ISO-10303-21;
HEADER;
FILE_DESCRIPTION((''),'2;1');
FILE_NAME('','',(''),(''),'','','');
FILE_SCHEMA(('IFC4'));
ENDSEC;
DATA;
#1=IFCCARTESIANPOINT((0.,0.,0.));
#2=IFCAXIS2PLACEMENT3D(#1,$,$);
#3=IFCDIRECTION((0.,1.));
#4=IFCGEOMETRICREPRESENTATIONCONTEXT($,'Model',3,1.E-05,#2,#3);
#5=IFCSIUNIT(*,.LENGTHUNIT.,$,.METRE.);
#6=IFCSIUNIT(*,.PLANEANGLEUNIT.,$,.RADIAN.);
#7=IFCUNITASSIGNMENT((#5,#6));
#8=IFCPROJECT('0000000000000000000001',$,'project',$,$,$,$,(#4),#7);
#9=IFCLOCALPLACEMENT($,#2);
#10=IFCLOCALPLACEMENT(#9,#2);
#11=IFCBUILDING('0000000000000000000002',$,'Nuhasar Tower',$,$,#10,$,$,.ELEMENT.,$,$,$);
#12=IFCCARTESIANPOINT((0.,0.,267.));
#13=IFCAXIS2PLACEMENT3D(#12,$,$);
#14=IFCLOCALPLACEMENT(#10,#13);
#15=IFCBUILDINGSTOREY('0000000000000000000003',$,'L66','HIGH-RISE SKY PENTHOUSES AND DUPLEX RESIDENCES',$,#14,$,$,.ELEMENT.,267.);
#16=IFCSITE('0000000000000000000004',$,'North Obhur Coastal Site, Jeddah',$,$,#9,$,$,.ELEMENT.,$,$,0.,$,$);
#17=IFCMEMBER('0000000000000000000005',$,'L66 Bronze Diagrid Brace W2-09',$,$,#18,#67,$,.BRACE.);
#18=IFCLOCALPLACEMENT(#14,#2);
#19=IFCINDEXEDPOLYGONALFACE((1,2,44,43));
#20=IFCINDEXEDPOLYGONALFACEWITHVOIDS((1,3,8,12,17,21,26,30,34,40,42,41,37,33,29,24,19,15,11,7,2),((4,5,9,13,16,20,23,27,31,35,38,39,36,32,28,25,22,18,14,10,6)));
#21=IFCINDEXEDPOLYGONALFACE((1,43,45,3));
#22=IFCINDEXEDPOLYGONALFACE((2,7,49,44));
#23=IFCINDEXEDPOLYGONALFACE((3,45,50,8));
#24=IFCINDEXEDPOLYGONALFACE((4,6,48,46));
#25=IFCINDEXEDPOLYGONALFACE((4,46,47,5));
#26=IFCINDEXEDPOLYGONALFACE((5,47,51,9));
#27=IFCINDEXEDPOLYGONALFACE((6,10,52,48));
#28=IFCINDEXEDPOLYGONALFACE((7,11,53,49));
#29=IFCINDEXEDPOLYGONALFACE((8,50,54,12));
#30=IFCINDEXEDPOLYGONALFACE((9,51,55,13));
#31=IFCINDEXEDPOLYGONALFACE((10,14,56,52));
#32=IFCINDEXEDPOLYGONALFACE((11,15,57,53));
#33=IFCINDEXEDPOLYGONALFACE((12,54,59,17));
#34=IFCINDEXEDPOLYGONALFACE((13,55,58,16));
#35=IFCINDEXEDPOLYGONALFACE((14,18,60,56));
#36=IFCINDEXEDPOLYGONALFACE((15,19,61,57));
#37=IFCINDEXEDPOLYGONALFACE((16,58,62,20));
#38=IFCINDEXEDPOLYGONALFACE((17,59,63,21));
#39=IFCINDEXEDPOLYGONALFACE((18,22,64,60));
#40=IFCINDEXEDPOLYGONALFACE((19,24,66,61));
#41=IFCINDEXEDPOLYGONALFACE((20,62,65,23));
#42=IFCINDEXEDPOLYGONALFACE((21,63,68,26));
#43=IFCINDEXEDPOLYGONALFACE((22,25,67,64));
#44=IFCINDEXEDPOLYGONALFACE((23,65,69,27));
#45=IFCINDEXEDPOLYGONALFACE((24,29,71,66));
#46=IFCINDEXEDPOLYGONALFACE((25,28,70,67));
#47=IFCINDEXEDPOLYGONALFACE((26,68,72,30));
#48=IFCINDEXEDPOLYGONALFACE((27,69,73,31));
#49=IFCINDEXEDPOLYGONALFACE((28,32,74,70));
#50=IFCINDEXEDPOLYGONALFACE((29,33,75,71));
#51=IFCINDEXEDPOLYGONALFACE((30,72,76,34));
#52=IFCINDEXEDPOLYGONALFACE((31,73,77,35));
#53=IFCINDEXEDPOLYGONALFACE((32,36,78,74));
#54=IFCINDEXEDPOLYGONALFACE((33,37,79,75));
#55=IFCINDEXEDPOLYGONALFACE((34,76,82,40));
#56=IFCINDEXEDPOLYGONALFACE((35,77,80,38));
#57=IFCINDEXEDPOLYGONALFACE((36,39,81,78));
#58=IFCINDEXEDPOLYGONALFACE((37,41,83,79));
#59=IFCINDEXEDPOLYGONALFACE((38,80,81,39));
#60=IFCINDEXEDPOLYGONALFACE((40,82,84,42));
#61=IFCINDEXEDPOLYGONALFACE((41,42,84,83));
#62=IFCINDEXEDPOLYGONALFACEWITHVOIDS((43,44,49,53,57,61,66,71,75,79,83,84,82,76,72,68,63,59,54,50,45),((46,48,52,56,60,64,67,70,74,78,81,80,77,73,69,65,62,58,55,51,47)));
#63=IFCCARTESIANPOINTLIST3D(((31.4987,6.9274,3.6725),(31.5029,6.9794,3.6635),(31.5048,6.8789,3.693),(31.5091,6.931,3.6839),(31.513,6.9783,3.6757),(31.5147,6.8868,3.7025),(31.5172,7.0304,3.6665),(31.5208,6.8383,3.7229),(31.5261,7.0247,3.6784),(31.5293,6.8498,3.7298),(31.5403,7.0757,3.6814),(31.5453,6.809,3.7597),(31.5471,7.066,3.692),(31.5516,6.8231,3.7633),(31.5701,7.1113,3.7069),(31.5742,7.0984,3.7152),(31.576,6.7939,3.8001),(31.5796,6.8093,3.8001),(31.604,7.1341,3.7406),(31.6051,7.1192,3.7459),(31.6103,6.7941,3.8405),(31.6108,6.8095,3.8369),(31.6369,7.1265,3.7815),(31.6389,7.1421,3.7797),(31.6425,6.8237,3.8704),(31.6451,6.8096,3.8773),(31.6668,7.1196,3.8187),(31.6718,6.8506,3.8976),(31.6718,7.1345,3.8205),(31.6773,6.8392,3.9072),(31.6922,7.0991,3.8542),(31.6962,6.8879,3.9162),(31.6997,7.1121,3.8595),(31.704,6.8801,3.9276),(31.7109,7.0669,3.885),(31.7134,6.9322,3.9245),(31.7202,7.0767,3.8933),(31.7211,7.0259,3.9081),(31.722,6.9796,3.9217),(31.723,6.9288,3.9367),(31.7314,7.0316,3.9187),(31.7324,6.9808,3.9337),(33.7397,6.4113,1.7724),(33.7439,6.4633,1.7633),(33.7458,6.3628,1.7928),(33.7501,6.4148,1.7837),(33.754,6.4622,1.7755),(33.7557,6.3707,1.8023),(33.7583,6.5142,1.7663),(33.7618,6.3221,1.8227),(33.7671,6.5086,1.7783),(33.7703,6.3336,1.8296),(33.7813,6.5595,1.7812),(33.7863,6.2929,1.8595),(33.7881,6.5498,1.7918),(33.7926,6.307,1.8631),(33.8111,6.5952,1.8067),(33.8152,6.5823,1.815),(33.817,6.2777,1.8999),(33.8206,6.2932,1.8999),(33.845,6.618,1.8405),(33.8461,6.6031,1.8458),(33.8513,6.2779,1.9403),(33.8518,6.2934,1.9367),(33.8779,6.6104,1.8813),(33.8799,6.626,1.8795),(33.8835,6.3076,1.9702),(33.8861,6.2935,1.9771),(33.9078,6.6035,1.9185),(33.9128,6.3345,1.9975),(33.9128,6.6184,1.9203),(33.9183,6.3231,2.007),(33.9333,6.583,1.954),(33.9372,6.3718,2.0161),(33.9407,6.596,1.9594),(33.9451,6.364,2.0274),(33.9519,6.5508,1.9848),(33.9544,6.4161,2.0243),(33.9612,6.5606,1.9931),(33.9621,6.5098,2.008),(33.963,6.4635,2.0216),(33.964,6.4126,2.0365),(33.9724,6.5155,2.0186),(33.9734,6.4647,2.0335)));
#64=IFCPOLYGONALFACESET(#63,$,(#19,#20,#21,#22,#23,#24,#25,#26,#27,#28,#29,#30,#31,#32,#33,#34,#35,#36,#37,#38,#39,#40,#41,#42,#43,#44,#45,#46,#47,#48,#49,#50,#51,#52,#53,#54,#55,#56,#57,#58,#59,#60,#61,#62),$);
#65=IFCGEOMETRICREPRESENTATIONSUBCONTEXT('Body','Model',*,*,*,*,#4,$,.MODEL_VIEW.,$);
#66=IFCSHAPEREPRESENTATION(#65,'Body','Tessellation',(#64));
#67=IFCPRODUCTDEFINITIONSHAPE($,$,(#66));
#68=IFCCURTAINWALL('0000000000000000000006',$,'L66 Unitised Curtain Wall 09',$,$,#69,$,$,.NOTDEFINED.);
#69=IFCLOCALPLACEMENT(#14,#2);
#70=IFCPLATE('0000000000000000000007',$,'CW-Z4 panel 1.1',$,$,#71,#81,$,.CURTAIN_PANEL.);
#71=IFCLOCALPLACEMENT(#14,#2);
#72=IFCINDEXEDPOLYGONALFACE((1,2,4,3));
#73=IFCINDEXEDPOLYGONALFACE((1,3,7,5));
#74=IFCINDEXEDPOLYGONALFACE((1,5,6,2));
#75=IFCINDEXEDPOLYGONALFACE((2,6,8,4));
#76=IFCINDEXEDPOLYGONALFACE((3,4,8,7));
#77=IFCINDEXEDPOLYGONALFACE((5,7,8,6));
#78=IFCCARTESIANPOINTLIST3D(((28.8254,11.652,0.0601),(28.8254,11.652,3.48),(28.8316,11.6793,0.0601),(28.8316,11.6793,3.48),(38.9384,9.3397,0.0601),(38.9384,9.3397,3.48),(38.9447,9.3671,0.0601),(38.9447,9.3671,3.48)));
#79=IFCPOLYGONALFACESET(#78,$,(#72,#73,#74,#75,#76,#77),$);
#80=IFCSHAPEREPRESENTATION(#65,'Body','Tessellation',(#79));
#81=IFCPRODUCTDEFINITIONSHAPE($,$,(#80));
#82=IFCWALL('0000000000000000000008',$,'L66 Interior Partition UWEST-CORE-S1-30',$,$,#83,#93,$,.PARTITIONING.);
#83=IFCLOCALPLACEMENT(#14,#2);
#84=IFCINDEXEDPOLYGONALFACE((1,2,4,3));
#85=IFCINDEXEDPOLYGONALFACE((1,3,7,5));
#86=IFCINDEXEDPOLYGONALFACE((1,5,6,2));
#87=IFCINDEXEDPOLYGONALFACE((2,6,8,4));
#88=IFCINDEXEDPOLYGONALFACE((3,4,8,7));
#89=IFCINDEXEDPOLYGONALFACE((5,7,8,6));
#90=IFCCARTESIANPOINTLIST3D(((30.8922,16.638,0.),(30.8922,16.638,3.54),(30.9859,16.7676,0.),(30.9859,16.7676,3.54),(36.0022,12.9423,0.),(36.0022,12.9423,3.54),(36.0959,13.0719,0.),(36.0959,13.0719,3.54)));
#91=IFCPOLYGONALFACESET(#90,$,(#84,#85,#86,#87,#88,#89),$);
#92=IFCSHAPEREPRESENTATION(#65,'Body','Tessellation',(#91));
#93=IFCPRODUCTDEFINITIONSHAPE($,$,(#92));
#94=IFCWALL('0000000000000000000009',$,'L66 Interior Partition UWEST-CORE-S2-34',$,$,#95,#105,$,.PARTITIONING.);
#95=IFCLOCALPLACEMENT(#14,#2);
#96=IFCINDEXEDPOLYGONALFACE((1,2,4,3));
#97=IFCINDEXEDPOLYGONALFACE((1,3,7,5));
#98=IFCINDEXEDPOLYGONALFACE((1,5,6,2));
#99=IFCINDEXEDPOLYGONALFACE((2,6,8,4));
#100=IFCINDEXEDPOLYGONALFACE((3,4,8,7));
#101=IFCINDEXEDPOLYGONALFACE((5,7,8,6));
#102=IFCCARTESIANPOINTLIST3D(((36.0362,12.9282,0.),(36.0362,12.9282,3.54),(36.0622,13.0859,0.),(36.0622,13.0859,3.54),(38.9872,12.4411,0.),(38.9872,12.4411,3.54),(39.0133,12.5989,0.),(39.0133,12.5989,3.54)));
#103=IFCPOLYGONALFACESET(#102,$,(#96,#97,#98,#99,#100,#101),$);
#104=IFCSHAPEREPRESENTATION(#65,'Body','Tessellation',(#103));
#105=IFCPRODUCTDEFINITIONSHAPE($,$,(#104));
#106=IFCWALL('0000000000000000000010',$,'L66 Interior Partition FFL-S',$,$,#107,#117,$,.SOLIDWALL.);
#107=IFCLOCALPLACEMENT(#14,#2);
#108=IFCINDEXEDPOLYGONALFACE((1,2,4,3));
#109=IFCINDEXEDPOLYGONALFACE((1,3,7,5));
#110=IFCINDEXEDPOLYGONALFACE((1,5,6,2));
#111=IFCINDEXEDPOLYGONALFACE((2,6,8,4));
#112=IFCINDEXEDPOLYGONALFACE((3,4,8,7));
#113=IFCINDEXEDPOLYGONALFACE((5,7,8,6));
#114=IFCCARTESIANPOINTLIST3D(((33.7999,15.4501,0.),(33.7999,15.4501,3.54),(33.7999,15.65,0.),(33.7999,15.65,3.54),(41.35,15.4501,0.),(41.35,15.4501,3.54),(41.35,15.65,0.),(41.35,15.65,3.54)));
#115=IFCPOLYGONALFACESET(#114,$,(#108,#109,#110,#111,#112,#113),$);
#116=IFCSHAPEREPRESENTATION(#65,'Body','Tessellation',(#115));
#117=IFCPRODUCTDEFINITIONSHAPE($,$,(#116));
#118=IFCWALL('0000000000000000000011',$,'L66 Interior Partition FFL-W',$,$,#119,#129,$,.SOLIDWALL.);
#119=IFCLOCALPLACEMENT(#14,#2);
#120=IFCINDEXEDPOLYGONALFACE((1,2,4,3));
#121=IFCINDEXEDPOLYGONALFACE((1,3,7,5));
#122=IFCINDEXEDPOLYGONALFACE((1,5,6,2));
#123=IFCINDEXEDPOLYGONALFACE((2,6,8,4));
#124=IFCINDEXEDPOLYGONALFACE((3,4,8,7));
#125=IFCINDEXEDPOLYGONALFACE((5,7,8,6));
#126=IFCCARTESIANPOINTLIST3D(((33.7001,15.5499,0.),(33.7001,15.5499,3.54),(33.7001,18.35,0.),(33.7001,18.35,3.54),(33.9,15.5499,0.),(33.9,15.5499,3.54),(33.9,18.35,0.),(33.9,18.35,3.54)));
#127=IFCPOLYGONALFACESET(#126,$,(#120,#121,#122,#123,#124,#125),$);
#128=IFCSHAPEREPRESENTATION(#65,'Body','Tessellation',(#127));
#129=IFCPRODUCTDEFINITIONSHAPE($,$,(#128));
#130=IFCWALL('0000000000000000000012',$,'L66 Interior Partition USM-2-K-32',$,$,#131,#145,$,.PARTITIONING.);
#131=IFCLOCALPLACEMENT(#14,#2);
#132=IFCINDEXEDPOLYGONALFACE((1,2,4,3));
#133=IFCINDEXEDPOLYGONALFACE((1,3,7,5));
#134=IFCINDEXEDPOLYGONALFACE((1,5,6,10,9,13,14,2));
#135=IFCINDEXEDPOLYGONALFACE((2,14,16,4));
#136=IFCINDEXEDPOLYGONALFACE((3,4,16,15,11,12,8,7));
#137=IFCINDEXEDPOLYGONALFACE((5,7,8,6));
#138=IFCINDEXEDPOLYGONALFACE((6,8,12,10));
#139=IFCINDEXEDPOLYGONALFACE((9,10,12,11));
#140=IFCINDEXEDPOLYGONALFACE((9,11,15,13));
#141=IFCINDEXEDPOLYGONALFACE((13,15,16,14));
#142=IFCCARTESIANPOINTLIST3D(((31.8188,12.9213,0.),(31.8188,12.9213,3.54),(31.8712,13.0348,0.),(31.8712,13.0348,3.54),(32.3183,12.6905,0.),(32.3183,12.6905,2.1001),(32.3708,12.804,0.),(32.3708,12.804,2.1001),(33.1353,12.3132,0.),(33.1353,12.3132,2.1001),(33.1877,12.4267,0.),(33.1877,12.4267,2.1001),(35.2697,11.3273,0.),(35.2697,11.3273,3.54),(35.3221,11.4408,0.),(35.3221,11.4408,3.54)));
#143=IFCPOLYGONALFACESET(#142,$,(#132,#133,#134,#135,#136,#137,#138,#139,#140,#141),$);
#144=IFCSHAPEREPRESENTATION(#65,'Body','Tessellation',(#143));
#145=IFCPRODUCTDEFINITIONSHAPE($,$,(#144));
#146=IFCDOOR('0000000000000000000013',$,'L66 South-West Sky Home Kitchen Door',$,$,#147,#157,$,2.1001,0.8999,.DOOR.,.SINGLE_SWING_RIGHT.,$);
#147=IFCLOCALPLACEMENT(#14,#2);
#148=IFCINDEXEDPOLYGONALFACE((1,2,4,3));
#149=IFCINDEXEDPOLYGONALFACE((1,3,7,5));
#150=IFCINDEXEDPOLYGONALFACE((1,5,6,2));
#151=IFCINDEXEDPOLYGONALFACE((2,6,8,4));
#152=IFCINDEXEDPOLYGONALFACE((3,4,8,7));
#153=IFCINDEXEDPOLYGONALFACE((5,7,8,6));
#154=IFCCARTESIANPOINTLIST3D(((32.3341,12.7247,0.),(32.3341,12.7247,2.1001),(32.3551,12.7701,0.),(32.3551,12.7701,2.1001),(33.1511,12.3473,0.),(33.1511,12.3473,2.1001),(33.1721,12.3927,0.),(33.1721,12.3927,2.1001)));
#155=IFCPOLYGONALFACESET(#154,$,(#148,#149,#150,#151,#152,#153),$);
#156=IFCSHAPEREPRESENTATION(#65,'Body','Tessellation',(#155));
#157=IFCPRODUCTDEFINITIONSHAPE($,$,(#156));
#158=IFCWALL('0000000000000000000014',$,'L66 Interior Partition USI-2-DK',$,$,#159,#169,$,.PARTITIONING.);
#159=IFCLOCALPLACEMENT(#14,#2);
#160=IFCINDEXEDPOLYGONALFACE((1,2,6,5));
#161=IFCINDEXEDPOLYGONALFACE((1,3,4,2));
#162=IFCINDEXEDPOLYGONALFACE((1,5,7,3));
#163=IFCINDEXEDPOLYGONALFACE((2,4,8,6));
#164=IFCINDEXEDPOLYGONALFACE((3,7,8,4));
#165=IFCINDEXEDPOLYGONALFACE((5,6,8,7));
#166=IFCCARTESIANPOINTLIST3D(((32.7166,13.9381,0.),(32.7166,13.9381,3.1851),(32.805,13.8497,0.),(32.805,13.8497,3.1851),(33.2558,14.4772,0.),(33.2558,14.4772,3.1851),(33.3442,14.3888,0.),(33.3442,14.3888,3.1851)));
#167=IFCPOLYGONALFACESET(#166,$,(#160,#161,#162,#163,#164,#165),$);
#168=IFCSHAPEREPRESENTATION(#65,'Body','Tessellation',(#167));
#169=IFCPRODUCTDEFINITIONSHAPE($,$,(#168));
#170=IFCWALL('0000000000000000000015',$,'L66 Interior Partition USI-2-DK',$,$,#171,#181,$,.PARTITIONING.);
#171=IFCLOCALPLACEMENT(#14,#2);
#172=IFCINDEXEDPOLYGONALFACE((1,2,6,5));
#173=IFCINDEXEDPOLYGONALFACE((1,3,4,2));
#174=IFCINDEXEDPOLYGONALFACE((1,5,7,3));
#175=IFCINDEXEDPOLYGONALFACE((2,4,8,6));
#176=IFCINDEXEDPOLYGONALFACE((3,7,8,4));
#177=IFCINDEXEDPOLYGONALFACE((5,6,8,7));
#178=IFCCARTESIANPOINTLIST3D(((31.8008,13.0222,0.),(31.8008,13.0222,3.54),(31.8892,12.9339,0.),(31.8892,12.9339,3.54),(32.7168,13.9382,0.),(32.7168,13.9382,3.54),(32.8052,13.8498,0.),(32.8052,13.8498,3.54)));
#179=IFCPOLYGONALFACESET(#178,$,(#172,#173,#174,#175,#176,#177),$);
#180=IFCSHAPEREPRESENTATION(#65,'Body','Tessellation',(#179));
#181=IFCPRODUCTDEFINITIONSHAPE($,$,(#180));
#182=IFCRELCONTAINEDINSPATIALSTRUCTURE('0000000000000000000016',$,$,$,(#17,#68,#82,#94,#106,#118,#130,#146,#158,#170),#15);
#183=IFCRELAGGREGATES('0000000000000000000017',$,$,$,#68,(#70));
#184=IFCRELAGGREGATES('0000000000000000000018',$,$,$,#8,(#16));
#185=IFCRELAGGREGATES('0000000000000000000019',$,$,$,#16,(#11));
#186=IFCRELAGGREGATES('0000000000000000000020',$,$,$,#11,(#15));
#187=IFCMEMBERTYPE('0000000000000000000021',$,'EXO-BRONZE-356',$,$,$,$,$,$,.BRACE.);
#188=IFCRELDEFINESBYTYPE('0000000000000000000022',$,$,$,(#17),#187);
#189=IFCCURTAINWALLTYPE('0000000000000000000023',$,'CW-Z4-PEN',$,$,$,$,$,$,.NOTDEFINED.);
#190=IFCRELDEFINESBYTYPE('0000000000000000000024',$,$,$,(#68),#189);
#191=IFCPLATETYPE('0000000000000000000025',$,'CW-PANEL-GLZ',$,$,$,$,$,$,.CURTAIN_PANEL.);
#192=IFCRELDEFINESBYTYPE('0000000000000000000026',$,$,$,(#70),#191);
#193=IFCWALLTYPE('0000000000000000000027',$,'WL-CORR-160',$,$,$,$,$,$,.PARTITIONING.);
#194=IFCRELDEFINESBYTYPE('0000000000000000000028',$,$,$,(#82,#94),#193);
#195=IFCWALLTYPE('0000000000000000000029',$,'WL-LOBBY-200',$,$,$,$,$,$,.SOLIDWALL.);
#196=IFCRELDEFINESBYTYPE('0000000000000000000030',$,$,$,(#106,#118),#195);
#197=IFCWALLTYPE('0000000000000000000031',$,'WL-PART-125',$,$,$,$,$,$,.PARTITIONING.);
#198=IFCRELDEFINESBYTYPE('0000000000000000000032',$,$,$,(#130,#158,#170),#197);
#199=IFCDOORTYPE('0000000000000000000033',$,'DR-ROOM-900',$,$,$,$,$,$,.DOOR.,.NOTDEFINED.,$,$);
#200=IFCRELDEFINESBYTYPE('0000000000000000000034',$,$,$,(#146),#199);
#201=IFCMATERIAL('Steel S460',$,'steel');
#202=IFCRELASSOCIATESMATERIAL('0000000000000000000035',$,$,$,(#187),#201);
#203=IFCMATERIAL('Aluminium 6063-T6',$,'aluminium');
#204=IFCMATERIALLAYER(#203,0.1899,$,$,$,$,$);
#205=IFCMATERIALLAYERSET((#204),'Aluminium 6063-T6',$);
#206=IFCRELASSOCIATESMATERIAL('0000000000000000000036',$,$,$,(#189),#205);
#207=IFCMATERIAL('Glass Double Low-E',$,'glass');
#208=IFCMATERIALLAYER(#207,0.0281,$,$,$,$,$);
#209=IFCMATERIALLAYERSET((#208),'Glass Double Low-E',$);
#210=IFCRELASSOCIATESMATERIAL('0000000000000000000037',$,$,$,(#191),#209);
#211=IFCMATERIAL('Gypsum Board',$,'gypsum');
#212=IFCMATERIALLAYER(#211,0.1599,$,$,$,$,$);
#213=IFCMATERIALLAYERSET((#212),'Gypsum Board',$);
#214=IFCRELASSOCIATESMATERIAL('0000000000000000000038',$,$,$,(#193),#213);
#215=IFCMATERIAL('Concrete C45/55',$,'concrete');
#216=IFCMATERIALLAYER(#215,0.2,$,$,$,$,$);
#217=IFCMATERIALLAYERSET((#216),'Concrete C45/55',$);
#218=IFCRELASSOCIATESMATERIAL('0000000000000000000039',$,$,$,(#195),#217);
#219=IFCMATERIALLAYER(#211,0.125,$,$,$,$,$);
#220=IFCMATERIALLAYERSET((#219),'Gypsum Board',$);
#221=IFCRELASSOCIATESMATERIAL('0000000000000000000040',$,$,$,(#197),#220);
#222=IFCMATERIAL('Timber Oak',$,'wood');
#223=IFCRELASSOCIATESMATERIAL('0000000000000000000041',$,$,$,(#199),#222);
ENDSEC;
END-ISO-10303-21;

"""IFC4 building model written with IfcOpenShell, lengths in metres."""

from ifc_helpers import new_model, si_unit, direction, frame, frame_2d, origin, origin_2d, place, context, subcontext, project, spatial, rectangle, hollow_circle, extrude, material, layer, layer_set, material_profile, profile_set, type_object, element, fill, aggregate, save


model = new_model("IFC4")

# Units and contexts
model_context = context("Model", 3, precision=1e-05, world=origin(), true_north=direction((0.0, 1.0)))
body_context = subcontext(model_context, "Body", "Model", "MODEL_VIEW")
ifc_project = project(units=[si_unit("LENGTHUNIT", "METRE"), si_unit("PLANEANGLEUNIT", "RADIAN")], contexts=[model_context])

# Site, building, storey
site_placement = place(None, origin())
site = spatial("IfcSite", under=ifc_project, at=site_placement, Name="North Obhur Coastal Site, Jeddah", CompositionType="ELEMENT", RefElevation=0.0)
building_placement = place(site_placement, origin())
building = spatial("IfcBuilding", under=site, at=building_placement, Name="Nuhasar Tower", CompositionType="ELEMENT")
storey_placement = place(building_placement, frame((0.0, 0.0, 267.0)))
storey = spatial("IfcBuildingStorey", under=building, at=storey_placement, Name="L66", Description="HIGH-RISE SKY PENTHOUSES AND DUPLEX RESIDENCES", CompositionType="ELEMENT", Elevation=267.0)

# Member
ifc_material_1 = material(Name="Steel S460", Category="steel")
ifc_material_profile_1 = material_profile(ifc_material_1, hollow_circle(Radius=0.1777, WallThickness=0.0159, at=origin_2d()), Name="HSS355.6X15.9")
ifc_profile_set_1 = profile_set([ifc_material_profile_1], Name="Steel S460")
member_type = type_object("IfcMemberType", Name="EXO-BRONZE-356", PredefinedType="BRACE", material=ifc_profile_set_1)
member_1_placement = place(storey_placement, frame((33.8569, 6.4509, 1.8999), z_axis=(-0.751222, 0.173013, 0.636971), x_axis=(-0.224433, -0.97449, 0.0)))
element("IfcMember", 1, at=member_1_placement, inside=storey, type_object=member_type, Name="L66 Bronze Diagrid Brace W2-09", PredefinedType="BRACE", context=body_context, shape_type="SweptSolid", body=[
    extrude(hollow_circle(Radius=0.1777, WallThickness=0.0159, at=origin_2d()), origin(), (0.0, 0.0, 1.0), 2.9832),
])

# Curtain wall, plate
ifc_material_2 = material(Name="Aluminium 6063-T6", Category="aluminium")
ifc_layer_1 = layer(ifc_material_2, 0.1899)
ifc_layer_set_1 = layer_set([ifc_layer_1], Name="Aluminium 6063-T6")
curtain_wall_type = type_object("IfcCurtainWallType", Name="CW-Z4-PEN", PredefinedType="NOTDEFINED", material=ifc_layer_set_1)
curtain_wall_placement = place(storey_placement, origin())
curtain_wall = element("IfcCurtainWall", 2, at=curtain_wall_placement, inside=storey, type_object=curtain_wall_type, Name="L66 Unitised Curtain Wall 09", PredefinedType="NOTDEFINED")
ifc_material_3 = material(Name="Glass Double Low-E", Category="glass")
ifc_layer_2 = layer(ifc_material_3, 0.0281)
ifc_layer_set_2 = layer_set([ifc_layer_2], Name="Glass Double Low-E")
plate_type = type_object("IfcPlateType", Name="CW-PANEL-GLZ", PredefinedType="CURTAIN_PANEL", material=ifc_layer_set_2)
plate_placement = place(storey_placement, frame((33.885, 10.5095, 0.0601), z_axis=(0.0, 0.0, 1.0), x_axis=(0.974844, -0.222889, 0.0)))
plate = element("IfcPlate", 3, at=plate_placement, type_object=plate_type, Name="CW-Z4 panel 1.1", PredefinedType="CURTAIN_PANEL", context=body_context, shape_type="SweptSolid", body=[
    extrude(rectangle(XDim=10.374, YDim=0.0281, at=origin_2d()), origin(), (0.0, 0.0, 1.0), 3.4199),
])
aggregate(curtain_wall, [plate])

# Walls
ifc_material_4 = material(Name="Gypsum Board", Category="gypsum")
ifc_layer_3 = layer(ifc_material_4, 0.1599)
ifc_layer_set_3 = layer_set([ifc_layer_3], Name="Gypsum Board")
wall_type_1 = type_object("IfcWallType", Name="WL-CORR-160", PredefinedType="PARTITIONING", material=ifc_layer_set_3)
wall_1_placement = place(storey_placement, frame((30.939, 16.7029, 0.0), z_axis=(0.0, 0.0, 1.0), x_axis=(0.81029, -0.586029, 0.0)))
element("IfcWall", 4, at=wall_1_placement, inside=storey, type_object=wall_type_1, Name="L66 Interior Partition UWEST-CORE-S1-30", PredefinedType="PARTITIONING", context=body_context, shape_type="SweptSolid", body=[
    extrude(rectangle(XDim=6.3064, YDim=0.1599, at=frame_2d((3.1533, 0.0))), origin(), (0.0, 0.0, 1.0), 3.54),
])
wall_2_placement = place(storey_placement, frame((36.0491, 13.0071, 0.0), z_axis=(0.0, 0.0, 1.0), x_axis=(0.986651, -0.16285, 0.0)))
element("IfcWall", 5, at=wall_2_placement, inside=storey, type_object=wall_type_1, Name="L66 Interior Partition UWEST-CORE-S2-34", PredefinedType="PARTITIONING", context=body_context, shape_type="SweptSolid", body=[
    extrude(rectangle(XDim=2.991, YDim=0.1599, at=frame_2d((1.4956, 0.0))), origin(), (0.0, 0.0, 1.0), 3.54),
])
ifc_material_5 = material(Name="Concrete C45/55", Category="concrete")
ifc_layer_4 = layer(ifc_material_5, 0.2)
ifc_layer_set_4 = layer_set([ifc_layer_4], Name="Concrete C45/55")
wall_type_2 = type_object("IfcWallType", Name="WL-LOBBY-200", PredefinedType="SOLIDWALL", material=ifc_layer_set_4)
wall_3_placement = place(storey_placement, frame((33.8, 15.55, 0.0), z_axis=(0.0, 0.0, 1.0), x_axis=(1.0, 0.0, 0.0)))
element("IfcWall", 6, at=wall_3_placement, inside=storey, type_object=wall_type_2, Name="L66 Interior Partition FFL-S", PredefinedType="SOLIDWALL", context=body_context, shape_type="SweptSolid", body=[
    extrude(rectangle(XDim=7.55, YDim=0.2, at=frame_2d((3.7749, 0.0))), origin(), (0.0, 0.0, 1.0), 3.54),
])
wall_4_placement = place(storey_placement, frame((33.8, 15.55, 0.0), z_axis=(0.0, 0.0, 1.0), x_axis=(0.0, 1.0, 0.0)))
element("IfcWall", 7, at=wall_4_placement, inside=storey, type_object=wall_type_2, Name="L66 Interior Partition FFL-W", PredefinedType="SOLIDWALL", context=body_context, shape_type="SweptSolid", body=[
    extrude(rectangle(XDim=2.8, YDim=0.2, at=frame_2d((1.3999, 0.0))), origin(), (0.0, 0.0, 1.0), 3.54),
])

# Wall, opening, door
ifc_layer_5 = layer(ifc_material_4, 0.125)
ifc_layer_set_5 = layer_set([ifc_layer_5], Name="Gypsum Board")
wall_type_3 = type_object("IfcWallType", Name="WL-PART-125", PredefinedType="PARTITIONING", material=ifc_layer_set_5)
wall_5_placement = place(storey_placement, frame((35.2959, 11.384, 0.0), z_axis=(0.0, 0.0, 1.0), x_axis=(-0.907833, 0.419331, 0.0)))
wall_5 = element("IfcWall", 8, at=wall_5_placement, inside=storey, type_object=wall_type_3, Name="L66 Interior Partition USM-2-K-32", PredefinedType="PARTITIONING", context=body_context, shape_type="SweptSolid", body=[
    extrude(rectangle(XDim=3.8013, YDim=0.125, at=frame_2d((1.9006, 0.0))), origin(), (0.0, 0.0, 1.0), 3.54),
])
opening_1_placement = place(wall_5_placement, frame((2.3511, 0.0, 0.0)))
opening_1 = element("IfcOpeningElement", 9, at=opening_1_placement, cuts=wall_5, PredefinedType="OPENING", context=body_context, shape_type="SweptSolid", body=[
    extrude(rectangle(XDim=0.8999, YDim=2.1001, at=frame_2d((0.45, 1.05))), frame((0.0, 0.0725, 0.0), z_axis=(0.0, -1.0, 0.0), x_axis=(1.0, 0.0, 0.0)), (0.0, 0.0, 1.0), 0.145),
])
ifc_material_6 = material(Name="Timber Oak", Category="wood")
door_type = type_object("IfcDoorType", Name="DR-ROOM-900", OperationType="NOTDEFINED", PredefinedType="DOOR", material=ifc_material_6)
door_1_placement = place(opening_1_placement, origin())
door_1 = element("IfcDoor", 10, at=door_1_placement, inside=storey, type_object=door_type, Name="L66 South-West Sky Home Kitchen Door", OperationType="SINGLE_SWING_RIGHT", OverallHeight=2.1001, OverallWidth=0.8999, PredefinedType="DOOR", context=body_context, shape_type="SweptSolid", body=[
    extrude(rectangle(XDim=0.8999, YDim=2.1001, at=frame_2d((0.45, 1.05))), frame((0.0, 0.0249, 0.0), z_axis=(0.0, -1.0, 0.0), x_axis=(1.0, 0.0, 0.0)), (0.0, 0.0, 1.0), 0.05),
])
fill(opening_1, door_1)

# Walls
wall_6_placement = place(storey_placement, frame((33.3, 14.4331, 0.0), z_axis=(0.0, 0.0, 1.0), x_axis=(-0.707107, -0.707107, 0.0)))
element("IfcWall", 11, at=wall_6_placement, inside=storey, type_object=wall_type_3, Name="L66 Interior Partition USI-2-DK", PredefinedType="PARTITIONING", context=body_context, shape_type="SweptSolid", body=[
    extrude(rectangle(XDim=0.7625, YDim=0.125, at=frame_2d((0.3813, 0.0))), origin(), (0.0, 0.0, 1.0), 3.1851),
])
wall_7_placement = place(storey_placement, frame((32.761, 13.894, 0.0), z_axis=(0.0, 0.0, 1.0), x_axis=(-0.707107, -0.707107, 0.0)))
element("IfcWall", 12, at=wall_7_placement, inside=storey, type_object=wall_type_3, Name="L66 Interior Partition USI-2-DK", PredefinedType="PARTITIONING", context=body_context, shape_type="SweptSolid", body=[
    extrude(rectangle(XDim=1.2954, YDim=0.125, at=frame_2d((0.6477, 0.0))), origin(), (0.0, 0.0, 1.0), 3.54),
])

save(model, "model.ifc")
